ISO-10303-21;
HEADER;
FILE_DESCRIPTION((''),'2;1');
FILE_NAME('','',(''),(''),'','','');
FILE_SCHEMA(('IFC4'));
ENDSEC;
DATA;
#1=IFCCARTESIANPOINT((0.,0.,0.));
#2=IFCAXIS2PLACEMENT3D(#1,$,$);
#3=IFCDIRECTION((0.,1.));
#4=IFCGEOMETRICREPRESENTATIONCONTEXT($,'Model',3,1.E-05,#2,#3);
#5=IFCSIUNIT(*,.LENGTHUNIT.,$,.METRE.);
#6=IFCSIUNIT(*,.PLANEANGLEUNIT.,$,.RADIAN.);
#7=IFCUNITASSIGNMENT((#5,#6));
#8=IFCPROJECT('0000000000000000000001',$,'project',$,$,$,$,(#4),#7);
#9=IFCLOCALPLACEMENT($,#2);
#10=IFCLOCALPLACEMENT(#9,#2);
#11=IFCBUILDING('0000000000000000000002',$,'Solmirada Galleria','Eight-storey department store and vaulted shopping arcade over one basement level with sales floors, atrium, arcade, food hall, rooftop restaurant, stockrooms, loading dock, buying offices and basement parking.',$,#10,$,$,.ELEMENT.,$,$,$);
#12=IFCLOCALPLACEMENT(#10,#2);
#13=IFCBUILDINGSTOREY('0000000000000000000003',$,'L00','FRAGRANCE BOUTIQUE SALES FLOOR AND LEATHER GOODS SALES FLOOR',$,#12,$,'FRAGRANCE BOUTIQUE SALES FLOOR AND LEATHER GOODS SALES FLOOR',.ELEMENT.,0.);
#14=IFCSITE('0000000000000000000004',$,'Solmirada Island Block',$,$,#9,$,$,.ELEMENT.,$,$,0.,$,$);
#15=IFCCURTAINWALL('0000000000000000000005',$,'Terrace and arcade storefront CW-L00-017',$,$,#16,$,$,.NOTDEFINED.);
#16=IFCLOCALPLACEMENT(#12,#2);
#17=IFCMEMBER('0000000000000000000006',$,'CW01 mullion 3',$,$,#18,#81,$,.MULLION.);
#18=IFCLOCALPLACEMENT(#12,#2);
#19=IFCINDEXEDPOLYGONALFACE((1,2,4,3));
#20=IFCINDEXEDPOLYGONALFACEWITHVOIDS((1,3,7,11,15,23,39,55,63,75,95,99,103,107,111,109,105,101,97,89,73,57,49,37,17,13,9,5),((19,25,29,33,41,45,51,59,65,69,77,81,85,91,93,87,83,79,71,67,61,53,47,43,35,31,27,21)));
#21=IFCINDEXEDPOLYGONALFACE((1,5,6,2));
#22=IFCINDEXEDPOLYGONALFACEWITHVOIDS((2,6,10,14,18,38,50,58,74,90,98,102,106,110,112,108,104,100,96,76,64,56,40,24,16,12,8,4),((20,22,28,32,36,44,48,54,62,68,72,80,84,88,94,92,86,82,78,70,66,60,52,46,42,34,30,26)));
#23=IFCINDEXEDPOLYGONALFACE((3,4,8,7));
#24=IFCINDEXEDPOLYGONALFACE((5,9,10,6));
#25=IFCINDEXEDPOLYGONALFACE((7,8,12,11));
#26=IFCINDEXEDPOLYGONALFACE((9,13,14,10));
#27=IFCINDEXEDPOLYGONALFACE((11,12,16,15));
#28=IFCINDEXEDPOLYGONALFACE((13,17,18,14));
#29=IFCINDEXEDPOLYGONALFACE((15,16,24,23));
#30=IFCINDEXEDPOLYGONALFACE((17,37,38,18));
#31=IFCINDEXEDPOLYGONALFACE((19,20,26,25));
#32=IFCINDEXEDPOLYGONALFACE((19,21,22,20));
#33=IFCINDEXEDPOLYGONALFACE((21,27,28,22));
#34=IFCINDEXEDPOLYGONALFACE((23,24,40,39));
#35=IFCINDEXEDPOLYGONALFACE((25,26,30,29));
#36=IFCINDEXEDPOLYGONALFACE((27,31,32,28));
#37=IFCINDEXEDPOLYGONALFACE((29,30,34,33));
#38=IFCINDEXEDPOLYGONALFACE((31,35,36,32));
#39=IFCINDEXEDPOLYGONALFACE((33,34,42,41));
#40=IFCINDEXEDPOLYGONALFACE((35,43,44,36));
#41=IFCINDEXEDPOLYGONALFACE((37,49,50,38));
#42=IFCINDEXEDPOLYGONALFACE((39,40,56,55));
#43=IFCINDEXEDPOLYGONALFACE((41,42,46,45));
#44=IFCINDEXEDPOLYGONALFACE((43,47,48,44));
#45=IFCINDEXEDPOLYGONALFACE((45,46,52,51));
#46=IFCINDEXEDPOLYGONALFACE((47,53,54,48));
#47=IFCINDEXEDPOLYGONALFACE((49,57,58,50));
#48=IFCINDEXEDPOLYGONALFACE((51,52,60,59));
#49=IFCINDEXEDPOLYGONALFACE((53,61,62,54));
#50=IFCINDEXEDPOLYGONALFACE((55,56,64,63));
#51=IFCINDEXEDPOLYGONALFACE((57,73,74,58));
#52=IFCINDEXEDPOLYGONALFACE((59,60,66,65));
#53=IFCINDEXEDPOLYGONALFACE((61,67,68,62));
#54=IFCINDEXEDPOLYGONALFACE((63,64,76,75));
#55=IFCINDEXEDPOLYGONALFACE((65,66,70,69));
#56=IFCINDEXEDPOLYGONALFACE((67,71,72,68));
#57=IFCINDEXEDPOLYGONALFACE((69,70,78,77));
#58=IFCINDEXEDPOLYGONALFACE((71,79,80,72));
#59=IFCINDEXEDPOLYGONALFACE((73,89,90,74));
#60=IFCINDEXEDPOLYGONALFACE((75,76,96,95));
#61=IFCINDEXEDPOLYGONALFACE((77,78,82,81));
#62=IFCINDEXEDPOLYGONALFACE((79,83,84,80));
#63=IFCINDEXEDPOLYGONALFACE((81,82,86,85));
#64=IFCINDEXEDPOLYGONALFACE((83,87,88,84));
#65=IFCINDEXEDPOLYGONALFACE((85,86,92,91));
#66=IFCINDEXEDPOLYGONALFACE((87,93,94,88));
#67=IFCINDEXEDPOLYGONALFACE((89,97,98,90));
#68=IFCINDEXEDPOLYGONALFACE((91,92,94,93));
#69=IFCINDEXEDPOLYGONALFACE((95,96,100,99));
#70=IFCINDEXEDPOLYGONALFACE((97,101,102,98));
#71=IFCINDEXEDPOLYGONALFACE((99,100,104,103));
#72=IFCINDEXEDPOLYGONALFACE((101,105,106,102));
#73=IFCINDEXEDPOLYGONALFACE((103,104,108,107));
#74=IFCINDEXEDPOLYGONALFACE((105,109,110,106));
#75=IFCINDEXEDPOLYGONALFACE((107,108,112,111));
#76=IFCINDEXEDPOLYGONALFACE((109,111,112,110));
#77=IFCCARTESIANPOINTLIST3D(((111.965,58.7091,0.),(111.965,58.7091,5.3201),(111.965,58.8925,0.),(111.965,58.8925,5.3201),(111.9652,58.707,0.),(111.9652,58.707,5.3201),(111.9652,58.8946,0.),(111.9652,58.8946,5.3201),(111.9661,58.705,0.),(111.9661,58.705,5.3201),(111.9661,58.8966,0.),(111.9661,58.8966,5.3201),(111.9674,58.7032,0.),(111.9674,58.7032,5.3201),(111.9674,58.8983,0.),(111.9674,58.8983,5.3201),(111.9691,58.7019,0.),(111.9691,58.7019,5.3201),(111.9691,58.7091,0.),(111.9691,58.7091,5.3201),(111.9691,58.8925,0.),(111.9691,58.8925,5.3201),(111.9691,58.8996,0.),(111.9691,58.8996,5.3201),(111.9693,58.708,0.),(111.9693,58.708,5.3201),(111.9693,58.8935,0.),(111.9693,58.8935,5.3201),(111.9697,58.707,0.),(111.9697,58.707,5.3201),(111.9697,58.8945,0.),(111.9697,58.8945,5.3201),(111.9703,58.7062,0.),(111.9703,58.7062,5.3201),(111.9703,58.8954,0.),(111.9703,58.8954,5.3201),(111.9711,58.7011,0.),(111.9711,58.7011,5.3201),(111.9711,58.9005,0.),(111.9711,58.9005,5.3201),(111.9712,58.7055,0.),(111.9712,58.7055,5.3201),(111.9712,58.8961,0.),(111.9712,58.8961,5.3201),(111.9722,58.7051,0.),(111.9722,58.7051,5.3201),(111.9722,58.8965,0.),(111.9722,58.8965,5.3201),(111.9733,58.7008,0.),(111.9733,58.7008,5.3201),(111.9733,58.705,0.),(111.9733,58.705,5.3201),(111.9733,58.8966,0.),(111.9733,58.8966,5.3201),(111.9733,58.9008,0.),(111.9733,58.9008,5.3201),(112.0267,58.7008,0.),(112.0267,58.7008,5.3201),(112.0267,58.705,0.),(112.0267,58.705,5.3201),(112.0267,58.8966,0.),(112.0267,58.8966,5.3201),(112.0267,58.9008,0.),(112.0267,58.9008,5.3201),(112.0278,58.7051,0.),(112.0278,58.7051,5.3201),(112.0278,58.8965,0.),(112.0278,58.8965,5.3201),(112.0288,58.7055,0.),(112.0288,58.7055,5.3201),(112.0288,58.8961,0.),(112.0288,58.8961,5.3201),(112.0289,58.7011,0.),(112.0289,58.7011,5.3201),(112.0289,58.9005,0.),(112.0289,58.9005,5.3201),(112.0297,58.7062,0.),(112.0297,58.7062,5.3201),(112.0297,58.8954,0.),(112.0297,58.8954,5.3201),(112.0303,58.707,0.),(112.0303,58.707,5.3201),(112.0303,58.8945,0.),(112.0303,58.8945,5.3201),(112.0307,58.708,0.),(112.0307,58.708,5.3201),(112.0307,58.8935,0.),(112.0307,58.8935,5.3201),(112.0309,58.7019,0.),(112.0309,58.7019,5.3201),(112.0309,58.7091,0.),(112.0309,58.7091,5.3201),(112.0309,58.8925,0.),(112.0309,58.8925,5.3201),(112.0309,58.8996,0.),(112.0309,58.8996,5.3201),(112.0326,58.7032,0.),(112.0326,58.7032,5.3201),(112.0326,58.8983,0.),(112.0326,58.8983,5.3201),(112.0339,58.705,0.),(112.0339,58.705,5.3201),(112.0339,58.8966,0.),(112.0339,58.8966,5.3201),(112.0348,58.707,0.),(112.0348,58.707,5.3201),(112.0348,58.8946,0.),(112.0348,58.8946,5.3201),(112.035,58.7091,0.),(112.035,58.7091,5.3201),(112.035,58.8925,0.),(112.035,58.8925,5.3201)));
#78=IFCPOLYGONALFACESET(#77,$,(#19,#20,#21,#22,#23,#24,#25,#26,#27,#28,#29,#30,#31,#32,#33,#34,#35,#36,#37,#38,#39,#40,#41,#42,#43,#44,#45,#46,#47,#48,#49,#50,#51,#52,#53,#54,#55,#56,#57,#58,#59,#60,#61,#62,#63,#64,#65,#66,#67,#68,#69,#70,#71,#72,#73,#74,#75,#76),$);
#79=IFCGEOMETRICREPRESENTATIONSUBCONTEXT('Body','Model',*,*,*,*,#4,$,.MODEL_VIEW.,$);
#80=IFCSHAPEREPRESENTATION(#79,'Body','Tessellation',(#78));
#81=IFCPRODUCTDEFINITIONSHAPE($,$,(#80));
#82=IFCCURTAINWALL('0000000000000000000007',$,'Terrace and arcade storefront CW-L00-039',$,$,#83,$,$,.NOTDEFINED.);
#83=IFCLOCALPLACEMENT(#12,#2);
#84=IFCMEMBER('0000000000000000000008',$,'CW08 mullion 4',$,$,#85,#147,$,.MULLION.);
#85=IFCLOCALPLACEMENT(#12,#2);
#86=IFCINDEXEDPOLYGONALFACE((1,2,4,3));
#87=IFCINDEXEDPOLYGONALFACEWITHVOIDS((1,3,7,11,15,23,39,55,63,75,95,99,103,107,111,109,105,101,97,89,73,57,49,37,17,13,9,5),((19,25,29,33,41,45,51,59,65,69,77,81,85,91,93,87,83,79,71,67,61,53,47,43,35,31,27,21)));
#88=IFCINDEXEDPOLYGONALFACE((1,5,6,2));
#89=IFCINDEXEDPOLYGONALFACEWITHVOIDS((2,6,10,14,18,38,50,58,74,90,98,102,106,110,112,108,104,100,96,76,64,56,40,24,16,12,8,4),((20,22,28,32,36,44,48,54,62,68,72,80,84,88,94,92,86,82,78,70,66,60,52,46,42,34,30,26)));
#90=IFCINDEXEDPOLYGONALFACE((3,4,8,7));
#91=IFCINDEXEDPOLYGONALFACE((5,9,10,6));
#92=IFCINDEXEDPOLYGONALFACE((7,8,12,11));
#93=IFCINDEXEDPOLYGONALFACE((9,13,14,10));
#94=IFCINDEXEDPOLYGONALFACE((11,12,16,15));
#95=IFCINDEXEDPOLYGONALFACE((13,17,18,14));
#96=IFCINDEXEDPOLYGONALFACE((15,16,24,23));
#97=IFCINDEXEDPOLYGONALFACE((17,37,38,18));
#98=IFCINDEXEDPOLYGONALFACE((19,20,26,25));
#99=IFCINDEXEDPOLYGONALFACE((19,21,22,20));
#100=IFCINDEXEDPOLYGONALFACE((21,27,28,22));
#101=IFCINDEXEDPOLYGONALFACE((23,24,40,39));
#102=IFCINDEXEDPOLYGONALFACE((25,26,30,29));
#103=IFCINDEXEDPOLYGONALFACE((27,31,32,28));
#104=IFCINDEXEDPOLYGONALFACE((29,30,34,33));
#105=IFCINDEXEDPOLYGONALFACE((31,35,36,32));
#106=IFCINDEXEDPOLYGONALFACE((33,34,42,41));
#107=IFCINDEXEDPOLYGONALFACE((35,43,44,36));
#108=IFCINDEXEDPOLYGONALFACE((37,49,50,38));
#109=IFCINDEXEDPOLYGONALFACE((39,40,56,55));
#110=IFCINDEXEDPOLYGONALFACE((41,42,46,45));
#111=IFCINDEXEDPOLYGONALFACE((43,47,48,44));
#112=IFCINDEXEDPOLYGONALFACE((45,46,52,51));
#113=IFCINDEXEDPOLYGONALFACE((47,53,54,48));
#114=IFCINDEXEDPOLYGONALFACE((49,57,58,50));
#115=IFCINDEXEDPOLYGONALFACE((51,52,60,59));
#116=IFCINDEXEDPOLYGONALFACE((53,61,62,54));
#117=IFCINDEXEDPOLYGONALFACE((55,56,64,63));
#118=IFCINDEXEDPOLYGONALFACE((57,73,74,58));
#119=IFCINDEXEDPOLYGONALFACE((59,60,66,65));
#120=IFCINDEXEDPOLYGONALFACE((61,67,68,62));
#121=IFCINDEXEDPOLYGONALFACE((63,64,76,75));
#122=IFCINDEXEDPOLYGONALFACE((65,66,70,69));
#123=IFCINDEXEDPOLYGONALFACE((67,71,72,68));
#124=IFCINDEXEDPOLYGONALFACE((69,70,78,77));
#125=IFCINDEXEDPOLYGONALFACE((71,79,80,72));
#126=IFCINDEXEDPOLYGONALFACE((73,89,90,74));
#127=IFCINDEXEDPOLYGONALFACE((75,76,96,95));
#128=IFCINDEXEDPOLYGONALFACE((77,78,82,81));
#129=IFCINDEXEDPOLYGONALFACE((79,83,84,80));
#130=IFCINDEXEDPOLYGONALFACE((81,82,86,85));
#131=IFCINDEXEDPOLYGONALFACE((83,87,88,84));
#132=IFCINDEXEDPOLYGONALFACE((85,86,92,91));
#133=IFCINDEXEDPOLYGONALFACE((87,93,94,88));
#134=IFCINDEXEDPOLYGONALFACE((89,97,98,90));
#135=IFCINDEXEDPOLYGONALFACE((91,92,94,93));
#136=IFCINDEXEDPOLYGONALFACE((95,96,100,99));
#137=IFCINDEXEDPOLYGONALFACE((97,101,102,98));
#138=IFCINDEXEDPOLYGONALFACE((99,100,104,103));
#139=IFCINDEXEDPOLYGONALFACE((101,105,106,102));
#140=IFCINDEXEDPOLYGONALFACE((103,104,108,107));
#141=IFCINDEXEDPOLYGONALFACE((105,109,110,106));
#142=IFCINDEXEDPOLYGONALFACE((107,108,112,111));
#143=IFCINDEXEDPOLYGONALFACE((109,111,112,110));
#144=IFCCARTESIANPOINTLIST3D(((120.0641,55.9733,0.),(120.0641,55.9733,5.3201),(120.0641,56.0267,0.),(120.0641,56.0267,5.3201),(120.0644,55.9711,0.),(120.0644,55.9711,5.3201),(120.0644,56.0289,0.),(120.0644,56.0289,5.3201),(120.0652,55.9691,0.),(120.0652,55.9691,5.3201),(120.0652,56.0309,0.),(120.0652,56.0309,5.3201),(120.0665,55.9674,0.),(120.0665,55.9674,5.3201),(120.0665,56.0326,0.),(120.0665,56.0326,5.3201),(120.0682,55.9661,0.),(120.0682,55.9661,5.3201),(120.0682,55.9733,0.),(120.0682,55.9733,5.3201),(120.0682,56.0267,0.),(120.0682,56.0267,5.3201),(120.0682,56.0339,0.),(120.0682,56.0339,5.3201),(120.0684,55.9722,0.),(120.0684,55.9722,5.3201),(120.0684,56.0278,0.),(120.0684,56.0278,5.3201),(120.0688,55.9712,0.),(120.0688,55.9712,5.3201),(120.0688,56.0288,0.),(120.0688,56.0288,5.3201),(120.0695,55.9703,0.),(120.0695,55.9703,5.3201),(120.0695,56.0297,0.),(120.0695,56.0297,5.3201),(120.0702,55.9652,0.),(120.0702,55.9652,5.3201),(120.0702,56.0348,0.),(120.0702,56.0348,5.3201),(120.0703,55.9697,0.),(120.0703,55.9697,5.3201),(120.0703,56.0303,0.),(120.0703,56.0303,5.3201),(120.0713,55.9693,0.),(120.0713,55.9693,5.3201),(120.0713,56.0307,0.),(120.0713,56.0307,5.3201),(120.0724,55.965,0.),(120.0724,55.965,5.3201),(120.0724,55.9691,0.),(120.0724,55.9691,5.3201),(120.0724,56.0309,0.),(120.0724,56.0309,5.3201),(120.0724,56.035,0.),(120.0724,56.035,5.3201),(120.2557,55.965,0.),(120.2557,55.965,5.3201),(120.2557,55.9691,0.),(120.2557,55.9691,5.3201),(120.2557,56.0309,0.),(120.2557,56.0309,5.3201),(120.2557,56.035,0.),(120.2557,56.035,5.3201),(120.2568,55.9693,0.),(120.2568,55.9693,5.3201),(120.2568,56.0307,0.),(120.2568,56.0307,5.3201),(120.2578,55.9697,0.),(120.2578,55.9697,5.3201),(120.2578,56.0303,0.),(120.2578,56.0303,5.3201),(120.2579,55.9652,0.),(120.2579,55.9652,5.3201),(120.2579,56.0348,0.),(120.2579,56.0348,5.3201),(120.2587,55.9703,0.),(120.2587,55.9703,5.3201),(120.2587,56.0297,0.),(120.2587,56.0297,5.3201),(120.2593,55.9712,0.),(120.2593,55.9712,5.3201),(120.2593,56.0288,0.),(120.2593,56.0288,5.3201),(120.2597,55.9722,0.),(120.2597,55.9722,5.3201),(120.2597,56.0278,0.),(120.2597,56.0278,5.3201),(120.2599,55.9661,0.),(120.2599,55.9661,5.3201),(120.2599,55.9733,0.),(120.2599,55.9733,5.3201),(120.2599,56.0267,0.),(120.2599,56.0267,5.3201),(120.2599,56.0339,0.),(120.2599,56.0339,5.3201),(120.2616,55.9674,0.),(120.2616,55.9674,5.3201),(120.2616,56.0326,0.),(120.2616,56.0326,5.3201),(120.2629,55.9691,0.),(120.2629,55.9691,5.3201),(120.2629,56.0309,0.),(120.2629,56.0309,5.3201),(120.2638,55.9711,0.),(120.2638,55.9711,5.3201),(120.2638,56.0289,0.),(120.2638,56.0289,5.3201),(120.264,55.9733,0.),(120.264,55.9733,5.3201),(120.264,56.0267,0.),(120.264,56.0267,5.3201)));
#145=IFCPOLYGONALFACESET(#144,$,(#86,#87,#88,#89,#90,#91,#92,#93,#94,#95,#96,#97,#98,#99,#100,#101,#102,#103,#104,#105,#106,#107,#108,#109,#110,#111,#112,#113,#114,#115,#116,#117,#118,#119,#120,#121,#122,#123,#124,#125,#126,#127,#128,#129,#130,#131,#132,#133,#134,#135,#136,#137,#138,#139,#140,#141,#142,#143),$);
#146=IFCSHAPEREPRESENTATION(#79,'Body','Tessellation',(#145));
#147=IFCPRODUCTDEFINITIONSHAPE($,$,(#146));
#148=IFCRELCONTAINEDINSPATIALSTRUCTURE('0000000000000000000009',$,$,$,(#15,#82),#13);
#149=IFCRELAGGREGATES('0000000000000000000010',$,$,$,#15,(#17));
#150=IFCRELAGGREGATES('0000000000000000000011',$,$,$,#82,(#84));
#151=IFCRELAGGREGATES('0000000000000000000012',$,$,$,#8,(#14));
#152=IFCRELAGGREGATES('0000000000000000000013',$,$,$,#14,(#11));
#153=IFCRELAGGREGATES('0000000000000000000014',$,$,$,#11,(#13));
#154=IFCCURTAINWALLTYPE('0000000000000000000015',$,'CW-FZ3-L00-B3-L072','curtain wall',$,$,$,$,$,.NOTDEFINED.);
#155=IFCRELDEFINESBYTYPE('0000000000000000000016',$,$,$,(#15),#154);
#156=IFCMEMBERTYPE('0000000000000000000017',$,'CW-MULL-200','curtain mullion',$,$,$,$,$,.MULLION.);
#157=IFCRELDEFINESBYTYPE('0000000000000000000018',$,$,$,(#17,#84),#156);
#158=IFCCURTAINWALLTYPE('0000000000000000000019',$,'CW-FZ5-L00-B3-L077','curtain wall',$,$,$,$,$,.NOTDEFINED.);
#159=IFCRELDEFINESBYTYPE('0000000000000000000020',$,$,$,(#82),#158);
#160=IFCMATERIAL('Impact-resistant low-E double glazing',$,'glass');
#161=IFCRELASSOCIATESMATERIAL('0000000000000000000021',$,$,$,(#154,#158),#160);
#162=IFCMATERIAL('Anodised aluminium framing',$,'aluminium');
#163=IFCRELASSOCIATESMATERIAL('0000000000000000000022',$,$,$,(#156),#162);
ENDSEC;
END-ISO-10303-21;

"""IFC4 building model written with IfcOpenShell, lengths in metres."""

from ifc_helpers import new_model, si_unit, direction, frame, origin, origin_2d, place, context, subcontext, project, spatial, hollow_rectangle, extrude, material, material_profile, profile_set, type_object, element, aggregate, save


model = new_model("IFC4")

# Units and contexts
model_context = context("Model", 3, precision=1e-05, world=origin(), true_north=direction((0.0, 1.0)))
body_context = subcontext(model_context, "Body", "Model", "MODEL_VIEW")
ifc_project = project(units=[si_unit("LENGTHUNIT", "METRE"), si_unit("PLANEANGLEUNIT", "RADIAN")], contexts=[model_context])

# Site, building, storey
site_placement = place(None, origin())
site = spatial("IfcSite", under=ifc_project, at=site_placement, Name="Solmirada Island Block", CompositionType="ELEMENT", RefElevation=0.0)
building_placement = place(site_placement, origin())
building = spatial("IfcBuilding", under=site, at=building_placement, Name="Solmirada Galleria", Description="Eight-storey department store and vaulted shopping arcade over one basement level with sales floors, atrium, arcade, food hall, rooftop restaurant, stockrooms, loading dock, buying offices and basement parking.", CompositionType="ELEMENT")
storey_placement = place(building_placement, origin())
storey = spatial("IfcBuildingStorey", under=building, at=storey_placement, Name="L00", Description="FRAGRANCE BOUTIQUE SALES FLOOR AND LEATHER GOODS SALES FLOOR", LongName="FRAGRANCE BOUTIQUE SALES FLOOR AND LEATHER GOODS SALES FLOOR", CompositionType="ELEMENT", Elevation=0.0)

# Curtain walls, members
ifc_material_1 = material(Name="Impact-resistant low-E double glazing", Category="glass")
curtain_wall_type_1 = type_object("IfcCurtainWallType", Name="CW-FZ3-L00-B3-L072", Description="curtain wall", PredefinedType="NOTDEFINED", material=ifc_material_1)
curtain_wall_1_placement = place(storey_placement, origin())
curtain_wall_1 = element("IfcCurtainWall", 1, at=curtain_wall_1_placement, inside=storey, type_object=curtain_wall_type_1, Name="Terrace and arcade storefront CW-L00-017", PredefinedType="NOTDEFINED")
ifc_material_2 = material(Name="Anodised aluminium framing", Category="aluminium")
ifc_material_profile_1 = material_profile(ifc_material_2, hollow_rectangle(XDim=0.0701, YDim=0.2, WallThickness=0.0042, InnerFilletRadius=0.0042, OuterFilletRadius=0.0083, at=origin_2d()), Name="ALU-MULL-200X70")
ifc_profile_set_1 = profile_set([ifc_material_profile_1], Name="Anodised aluminium framing")
member_type_1 = type_object("IfcMemberType", Name="CW-MULL-200", Description="curtain mullion", PredefinedType="MULLION", material=ifc_profile_set_1)
member_1_placement = place(storey_placement, frame((112.0, 58.8008, 0.0), z_axis=(0.0, 0.0, 1.0), x_axis=(1.0, 0.0, 0.0)))
member_1 = element("IfcMember", 2, at=member_1_placement, type_object=member_type_1, Name="CW01 mullion 3", PredefinedType="MULLION", context=body_context, shape_type="SweptSolid", body=[
    extrude(hollow_rectangle(XDim=0.0701, YDim=0.2, WallThickness=0.0042, InnerFilletRadius=0.0042, OuterFilletRadius=0.0083, at=origin_2d()), origin(), (0.0, 0.0, 1.0), 5.3201),
])
curtain_wall_type_2 = type_object("IfcCurtainWallType", Name="CW-FZ5-L00-B3-L077", Description="curtain wall", PredefinedType="NOTDEFINED", material=ifc_material_1)
curtain_wall_2_placement = place(storey_placement, origin())
curtain_wall_2 = element("IfcCurtainWall", 3, at=curtain_wall_2_placement, inside=storey, type_object=curtain_wall_type_2, Name="Terrace and arcade storefront CW-L00-039", PredefinedType="NOTDEFINED")
member_2_placement = place(storey_placement, frame((120.1641, 56.0, 0.0), z_axis=(0.0, 0.0, 1.0), x_axis=(0.0, -1.0, 0.0)))
member_2 = element("IfcMember", 4, at=member_2_placement, type_object=member_type_1, Name="CW08 mullion 4", PredefinedType="MULLION", context=body_context, shape_type="SweptSolid", body=[
    extrude(hollow_rectangle(XDim=0.0701, YDim=0.2, WallThickness=0.0042, InnerFilletRadius=0.0042, OuterFilletRadius=0.0083, at=origin_2d()), origin(), (0.0, 0.0, 1.0), 5.3201),
])

aggregate(curtain_wall_1, [member_1])
aggregate(curtain_wall_2, [member_2])

save(model, "model.ifc")
